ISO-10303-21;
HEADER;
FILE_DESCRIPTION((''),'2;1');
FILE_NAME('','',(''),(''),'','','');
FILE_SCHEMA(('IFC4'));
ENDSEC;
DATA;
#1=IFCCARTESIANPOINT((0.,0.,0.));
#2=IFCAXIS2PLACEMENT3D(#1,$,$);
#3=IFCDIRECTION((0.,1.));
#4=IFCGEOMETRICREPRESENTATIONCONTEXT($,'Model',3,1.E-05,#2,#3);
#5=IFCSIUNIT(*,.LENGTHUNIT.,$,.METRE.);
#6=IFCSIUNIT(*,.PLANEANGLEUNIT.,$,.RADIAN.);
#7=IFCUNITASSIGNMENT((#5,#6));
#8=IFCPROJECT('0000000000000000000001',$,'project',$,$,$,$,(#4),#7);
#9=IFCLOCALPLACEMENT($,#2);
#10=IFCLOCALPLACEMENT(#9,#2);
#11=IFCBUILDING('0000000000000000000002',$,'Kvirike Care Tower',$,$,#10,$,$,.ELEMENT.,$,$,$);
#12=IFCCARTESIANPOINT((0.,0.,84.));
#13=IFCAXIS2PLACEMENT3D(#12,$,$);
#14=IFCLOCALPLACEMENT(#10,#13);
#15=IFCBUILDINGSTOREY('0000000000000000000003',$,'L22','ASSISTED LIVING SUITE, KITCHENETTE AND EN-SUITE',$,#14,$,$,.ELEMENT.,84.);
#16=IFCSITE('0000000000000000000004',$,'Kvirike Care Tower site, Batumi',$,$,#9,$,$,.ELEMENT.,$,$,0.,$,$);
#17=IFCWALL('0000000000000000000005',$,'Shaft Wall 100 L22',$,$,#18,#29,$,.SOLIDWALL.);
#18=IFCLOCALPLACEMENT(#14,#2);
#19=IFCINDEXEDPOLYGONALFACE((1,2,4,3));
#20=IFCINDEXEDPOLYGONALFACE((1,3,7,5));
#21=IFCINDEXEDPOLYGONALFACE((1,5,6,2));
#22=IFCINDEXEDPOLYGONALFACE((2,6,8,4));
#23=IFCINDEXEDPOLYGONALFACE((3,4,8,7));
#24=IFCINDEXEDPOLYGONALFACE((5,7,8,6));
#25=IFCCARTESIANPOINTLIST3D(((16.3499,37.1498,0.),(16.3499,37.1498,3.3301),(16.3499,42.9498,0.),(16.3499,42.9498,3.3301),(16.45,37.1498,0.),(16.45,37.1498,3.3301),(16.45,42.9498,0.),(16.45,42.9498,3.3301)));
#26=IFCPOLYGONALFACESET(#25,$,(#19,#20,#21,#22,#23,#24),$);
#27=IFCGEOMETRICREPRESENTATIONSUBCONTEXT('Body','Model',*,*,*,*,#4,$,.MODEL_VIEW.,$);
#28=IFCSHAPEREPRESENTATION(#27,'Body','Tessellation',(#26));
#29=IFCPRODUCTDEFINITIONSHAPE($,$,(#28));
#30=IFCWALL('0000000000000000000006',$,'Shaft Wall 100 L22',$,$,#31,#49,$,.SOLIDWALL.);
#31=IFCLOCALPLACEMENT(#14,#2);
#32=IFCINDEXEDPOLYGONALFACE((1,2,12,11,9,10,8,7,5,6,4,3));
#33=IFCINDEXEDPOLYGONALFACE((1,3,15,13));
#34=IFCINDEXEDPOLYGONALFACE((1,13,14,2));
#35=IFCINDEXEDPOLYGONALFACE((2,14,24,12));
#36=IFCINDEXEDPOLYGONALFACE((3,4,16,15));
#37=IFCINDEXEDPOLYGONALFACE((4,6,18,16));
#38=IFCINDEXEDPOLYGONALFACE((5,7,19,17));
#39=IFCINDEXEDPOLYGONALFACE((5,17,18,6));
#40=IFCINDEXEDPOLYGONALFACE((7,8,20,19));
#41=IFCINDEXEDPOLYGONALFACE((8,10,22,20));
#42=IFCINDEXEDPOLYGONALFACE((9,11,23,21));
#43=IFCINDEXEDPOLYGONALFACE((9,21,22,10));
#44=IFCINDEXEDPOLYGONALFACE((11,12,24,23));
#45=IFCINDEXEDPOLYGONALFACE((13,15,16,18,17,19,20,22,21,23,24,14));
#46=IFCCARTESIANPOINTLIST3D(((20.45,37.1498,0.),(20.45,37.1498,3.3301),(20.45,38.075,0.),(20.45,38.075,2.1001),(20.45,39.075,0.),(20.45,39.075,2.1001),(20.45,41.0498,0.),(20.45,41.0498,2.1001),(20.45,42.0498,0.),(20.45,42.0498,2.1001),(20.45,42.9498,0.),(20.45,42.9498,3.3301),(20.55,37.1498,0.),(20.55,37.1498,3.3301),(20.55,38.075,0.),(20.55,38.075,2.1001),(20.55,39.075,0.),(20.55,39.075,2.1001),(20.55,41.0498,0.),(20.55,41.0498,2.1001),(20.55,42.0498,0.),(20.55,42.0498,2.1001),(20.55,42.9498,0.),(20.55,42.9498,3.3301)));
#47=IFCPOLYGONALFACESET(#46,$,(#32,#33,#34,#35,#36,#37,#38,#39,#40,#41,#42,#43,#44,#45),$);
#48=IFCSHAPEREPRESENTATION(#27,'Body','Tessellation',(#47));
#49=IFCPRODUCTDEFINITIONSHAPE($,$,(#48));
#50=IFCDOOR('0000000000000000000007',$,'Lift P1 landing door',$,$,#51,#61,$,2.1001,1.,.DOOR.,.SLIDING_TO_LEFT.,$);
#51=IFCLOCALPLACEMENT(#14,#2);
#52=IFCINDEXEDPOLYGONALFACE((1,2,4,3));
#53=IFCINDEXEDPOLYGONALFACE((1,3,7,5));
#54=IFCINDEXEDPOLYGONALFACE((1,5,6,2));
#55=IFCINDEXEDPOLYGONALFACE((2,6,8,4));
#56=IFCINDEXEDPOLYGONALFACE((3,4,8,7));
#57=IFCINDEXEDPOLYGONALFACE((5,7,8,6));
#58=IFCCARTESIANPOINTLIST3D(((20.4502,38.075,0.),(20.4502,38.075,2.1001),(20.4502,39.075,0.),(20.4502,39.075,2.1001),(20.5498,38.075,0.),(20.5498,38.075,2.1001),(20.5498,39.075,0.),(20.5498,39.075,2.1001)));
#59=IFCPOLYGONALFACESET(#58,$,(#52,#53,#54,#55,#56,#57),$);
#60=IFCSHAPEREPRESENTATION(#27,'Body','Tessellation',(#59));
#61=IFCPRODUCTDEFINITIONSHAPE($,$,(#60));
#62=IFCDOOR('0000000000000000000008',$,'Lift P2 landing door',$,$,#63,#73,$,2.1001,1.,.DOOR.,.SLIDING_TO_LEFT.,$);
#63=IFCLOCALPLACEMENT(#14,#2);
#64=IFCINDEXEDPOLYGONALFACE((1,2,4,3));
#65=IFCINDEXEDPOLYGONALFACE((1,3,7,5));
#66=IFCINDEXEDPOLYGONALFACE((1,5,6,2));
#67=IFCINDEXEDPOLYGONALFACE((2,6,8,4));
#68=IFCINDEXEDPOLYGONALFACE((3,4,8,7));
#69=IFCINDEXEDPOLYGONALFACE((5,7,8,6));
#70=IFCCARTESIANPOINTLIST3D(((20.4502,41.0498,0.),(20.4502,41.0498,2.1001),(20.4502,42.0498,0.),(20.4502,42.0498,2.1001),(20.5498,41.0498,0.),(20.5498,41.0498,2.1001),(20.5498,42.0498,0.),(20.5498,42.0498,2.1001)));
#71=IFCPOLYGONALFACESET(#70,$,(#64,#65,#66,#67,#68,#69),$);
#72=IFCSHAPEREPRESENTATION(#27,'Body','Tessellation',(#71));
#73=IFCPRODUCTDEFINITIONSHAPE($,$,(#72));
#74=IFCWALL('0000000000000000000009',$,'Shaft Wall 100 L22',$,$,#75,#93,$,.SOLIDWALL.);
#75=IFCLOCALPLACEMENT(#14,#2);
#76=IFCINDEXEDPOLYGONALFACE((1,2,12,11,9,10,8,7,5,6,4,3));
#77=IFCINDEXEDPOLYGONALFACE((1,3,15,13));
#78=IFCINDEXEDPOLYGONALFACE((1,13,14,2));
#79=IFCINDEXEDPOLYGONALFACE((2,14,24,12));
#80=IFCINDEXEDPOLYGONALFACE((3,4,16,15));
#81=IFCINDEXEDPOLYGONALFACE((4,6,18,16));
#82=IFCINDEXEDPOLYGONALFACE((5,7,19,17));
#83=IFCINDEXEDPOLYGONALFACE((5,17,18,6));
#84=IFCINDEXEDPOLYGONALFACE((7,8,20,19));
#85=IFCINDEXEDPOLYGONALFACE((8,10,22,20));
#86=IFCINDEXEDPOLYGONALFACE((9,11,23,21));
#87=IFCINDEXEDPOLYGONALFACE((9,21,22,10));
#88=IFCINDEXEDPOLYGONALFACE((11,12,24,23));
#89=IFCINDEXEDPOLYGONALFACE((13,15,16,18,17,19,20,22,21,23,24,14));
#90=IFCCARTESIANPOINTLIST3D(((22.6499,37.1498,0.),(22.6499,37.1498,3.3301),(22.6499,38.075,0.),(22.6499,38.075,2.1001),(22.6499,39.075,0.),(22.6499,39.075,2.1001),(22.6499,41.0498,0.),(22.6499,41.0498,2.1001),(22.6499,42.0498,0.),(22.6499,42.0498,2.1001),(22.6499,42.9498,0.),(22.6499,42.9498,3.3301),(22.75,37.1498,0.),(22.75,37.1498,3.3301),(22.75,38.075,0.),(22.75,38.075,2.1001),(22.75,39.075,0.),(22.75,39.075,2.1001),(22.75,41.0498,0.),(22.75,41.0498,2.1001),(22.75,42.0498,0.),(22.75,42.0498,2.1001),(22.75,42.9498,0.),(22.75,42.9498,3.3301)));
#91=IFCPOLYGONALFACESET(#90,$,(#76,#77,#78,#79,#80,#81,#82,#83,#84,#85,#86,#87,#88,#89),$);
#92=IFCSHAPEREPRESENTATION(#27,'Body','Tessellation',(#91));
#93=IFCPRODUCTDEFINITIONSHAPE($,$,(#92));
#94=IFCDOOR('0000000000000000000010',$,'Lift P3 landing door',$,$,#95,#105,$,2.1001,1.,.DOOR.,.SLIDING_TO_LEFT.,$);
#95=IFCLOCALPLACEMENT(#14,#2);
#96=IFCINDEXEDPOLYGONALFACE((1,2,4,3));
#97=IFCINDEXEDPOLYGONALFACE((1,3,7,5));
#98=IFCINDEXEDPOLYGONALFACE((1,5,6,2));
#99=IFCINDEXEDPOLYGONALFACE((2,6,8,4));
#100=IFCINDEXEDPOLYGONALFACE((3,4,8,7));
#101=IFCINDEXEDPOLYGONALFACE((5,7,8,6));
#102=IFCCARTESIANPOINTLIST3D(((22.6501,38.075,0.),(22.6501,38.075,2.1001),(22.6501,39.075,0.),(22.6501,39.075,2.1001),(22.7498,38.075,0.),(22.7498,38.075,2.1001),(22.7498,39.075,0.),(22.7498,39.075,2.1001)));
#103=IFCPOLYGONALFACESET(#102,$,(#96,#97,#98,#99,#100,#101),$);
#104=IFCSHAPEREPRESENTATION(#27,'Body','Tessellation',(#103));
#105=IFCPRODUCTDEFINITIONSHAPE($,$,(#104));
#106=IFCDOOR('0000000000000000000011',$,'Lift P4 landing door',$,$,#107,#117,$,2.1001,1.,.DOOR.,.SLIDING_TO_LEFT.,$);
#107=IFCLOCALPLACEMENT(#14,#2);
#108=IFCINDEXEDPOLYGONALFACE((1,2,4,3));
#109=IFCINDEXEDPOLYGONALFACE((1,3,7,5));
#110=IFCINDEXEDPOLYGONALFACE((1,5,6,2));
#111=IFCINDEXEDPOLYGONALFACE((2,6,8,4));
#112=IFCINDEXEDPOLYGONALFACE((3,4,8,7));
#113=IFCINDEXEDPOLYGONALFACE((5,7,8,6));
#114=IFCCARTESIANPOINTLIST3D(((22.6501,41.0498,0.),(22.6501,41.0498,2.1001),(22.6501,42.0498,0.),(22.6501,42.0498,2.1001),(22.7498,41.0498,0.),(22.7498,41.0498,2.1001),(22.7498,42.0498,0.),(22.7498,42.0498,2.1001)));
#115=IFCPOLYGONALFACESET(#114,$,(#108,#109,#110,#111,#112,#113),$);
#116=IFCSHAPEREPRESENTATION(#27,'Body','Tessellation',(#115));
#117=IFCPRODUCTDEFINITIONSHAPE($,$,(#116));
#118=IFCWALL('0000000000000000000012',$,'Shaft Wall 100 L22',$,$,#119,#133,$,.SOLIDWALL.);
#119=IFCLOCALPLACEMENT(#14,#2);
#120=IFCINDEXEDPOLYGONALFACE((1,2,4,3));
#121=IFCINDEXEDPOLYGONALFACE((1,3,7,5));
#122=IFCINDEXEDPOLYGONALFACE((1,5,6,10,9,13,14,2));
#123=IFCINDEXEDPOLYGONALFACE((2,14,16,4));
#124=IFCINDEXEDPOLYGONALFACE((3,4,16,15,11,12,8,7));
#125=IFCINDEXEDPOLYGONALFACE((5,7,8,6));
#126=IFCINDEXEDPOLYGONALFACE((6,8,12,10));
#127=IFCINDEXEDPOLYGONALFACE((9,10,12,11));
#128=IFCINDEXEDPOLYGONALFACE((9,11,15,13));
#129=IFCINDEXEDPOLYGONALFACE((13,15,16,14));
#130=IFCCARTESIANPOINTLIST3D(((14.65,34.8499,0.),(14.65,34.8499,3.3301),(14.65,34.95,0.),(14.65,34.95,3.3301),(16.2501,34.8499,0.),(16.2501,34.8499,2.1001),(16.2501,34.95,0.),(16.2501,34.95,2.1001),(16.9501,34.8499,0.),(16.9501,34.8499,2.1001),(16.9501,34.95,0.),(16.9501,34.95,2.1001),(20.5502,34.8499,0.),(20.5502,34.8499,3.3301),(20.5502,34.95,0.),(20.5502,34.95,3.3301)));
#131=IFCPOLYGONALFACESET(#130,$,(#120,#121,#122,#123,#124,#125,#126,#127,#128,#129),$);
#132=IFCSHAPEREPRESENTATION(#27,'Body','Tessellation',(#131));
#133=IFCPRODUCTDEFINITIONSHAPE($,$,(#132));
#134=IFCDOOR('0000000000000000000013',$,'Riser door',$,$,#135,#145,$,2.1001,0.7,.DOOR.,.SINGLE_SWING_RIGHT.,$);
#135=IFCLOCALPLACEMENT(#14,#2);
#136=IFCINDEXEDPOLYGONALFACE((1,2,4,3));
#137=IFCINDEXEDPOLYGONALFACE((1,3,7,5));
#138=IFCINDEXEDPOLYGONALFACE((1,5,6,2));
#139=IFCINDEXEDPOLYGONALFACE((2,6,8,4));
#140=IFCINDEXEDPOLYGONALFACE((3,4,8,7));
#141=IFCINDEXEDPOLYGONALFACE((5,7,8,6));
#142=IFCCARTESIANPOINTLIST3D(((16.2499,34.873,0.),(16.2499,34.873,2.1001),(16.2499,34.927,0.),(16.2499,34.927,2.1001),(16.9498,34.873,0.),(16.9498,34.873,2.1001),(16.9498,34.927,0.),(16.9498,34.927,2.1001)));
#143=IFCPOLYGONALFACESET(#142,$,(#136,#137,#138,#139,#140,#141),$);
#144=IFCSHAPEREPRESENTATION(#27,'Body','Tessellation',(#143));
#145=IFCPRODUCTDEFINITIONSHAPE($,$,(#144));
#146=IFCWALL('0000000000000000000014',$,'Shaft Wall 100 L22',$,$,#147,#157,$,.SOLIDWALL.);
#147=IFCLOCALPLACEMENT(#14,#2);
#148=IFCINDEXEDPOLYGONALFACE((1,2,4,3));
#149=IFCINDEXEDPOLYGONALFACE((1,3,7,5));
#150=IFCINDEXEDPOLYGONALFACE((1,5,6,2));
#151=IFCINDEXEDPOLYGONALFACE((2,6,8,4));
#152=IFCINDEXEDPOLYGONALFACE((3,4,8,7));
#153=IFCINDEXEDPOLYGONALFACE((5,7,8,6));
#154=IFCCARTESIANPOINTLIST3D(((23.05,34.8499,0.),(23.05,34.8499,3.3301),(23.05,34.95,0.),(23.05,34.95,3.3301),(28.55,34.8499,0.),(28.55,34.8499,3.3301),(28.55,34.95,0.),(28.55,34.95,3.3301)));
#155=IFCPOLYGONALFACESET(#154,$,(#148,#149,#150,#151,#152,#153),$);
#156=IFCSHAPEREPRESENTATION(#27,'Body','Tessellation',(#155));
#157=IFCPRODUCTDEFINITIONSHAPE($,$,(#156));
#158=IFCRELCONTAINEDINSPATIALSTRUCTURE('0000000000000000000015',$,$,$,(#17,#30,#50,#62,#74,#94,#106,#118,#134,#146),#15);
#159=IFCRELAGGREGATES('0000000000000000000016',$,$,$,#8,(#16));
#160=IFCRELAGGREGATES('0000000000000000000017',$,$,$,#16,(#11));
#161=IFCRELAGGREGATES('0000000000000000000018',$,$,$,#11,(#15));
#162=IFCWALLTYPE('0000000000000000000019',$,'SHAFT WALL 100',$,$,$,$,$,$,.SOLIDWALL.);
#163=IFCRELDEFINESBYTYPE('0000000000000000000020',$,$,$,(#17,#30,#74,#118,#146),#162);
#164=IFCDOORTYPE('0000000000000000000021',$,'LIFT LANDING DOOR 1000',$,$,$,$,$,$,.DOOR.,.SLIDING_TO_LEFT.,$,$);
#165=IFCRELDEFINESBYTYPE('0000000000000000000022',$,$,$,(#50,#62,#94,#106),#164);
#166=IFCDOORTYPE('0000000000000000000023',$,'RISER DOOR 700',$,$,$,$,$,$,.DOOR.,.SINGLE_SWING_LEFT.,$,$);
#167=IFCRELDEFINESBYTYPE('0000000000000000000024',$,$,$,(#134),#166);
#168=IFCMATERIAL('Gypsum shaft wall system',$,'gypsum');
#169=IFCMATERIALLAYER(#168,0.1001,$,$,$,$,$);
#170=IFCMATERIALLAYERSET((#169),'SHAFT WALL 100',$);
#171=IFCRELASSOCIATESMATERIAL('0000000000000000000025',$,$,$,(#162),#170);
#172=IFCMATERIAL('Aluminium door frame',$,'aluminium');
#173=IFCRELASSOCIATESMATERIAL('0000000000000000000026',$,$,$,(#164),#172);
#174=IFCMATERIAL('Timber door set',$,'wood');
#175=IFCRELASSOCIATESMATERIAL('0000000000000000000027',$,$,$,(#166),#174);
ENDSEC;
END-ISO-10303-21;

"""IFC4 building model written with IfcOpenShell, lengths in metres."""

from ifc_helpers import new_model, si_unit, direction, frame, frame_2d, origin, place, context, subcontext, project, spatial, rectangle, extrude, material, layer, layer_set, type_object, element, fill, save


model = new_model("IFC4")

# Units and contexts
model_context = context("Model", 3, precision=1e-05, world=origin(), true_north=direction((0.0, 1.0)))
body_context = subcontext(model_context, "Body", "Model", "MODEL_VIEW")
ifc_project = project(units=[si_unit("LENGTHUNIT", "METRE"), si_unit("PLANEANGLEUNIT", "RADIAN")], contexts=[model_context])

# Site, building, storey
site_placement = place(None, origin())
site = spatial("IfcSite", under=ifc_project, at=site_placement, Name="Kvirike Care Tower site, Batumi", CompositionType="ELEMENT", RefElevation=0.0)
building_placement = place(site_placement, origin())
building = spatial("IfcBuilding", under=site, at=building_placement, Name="Kvirike Care Tower", CompositionType="ELEMENT")
storey_placement = place(building_placement, frame((0.0, 0.0, 84.0)))
storey = spatial("IfcBuildingStorey", under=building, at=storey_placement, Name="L22", Description="ASSISTED LIVING SUITE, KITCHENETTE AND EN-SUITE", CompositionType="ELEMENT", Elevation=84.0)

# Wall
ifc_material_1 = material(Name="Gypsum shaft wall system", Category="gypsum")
ifc_layer = layer(ifc_material_1, 0.1001)
ifc_layer_set = layer_set([ifc_layer], Name="SHAFT WALL 100")
wall_type = type_object("IfcWallType", Name="SHAFT WALL 100", PredefinedType="SOLIDWALL", material=ifc_layer_set)
wall_1_placement = place(storey_placement, frame((16.3999, 37.1499, 0.0), z_axis=(0.0, 0.0, 1.0), x_axis=(0.0, 1.0, 0.0)))
element("IfcWall", 1, at=wall_1_placement, inside=storey, type_object=wall_type, Name="Shaft Wall 100 L22", PredefinedType="SOLIDWALL", context=body_context, shape_type="SweptSolid", body=[
    extrude(rectangle(XDim=5.8, YDim=0.1001, at=frame_2d((2.8999, 0.0))), origin(), (0.0, 0.0, 1.0), 3.3301),
])

# Walls, openings, doors
wall_2_placement = place(storey_placement, frame((20.5, 37.1499, 0.0), z_axis=(0.0, 0.0, 1.0), x_axis=(0.0, 1.0, 0.0)))
wall_2 = element("IfcWall", 2, at=wall_2_placement, inside=storey, type_object=wall_type, Name="Shaft Wall 100 L22", PredefinedType="SOLIDWALL", context=body_context, shape_type="SweptSolid", body=[
    extrude(rectangle(XDim=5.8, YDim=0.1001, at=frame_2d((2.8999, 0.0))), origin(), (0.0, 0.0, 1.0), 3.3301),
])
opening_1_placement = place(wall_2_placement, frame((0.925, 0.0, 0.0)))
opening_1 = element("IfcOpeningElement", 3, at=opening_1_placement, cuts=wall_2, PredefinedType="OPENING", context=body_context, shape_type="SweptSolid", body=[
    extrude(rectangle(XDim=1.0, YDim=2.1001, at=frame_2d((0.5, 1.05))), frame((0.0, 0.0605, 0.0), z_axis=(0.0, -1.0, 0.0), x_axis=(1.0, 0.0, 0.0)), (0.0, 0.0, 1.0), 0.1211),
])
opening_2_placement = place(wall_2_placement, frame((3.8999, 0.0, 0.0)))
opening_2 = element("IfcOpeningElement", 4, at=opening_2_placement, cuts=wall_2, PredefinedType="OPENING", context=body_context, shape_type="SweptSolid", body=[
    extrude(rectangle(XDim=1.0, YDim=2.1001, at=frame_2d((0.5, 1.05))), frame((0.0, 0.0605, 0.0), z_axis=(0.0, -1.0, 0.0), x_axis=(1.0, 0.0, 0.0)), (0.0, 0.0, 1.0), 0.1211),
])
ifc_material_2 = material(Name="Aluminium door frame", Category="aluminium")
door_type_1 = type_object("IfcDoorType", Name="LIFT LANDING DOOR 1000", OperationType="SLIDING_TO_LEFT", PredefinedType="DOOR", material=ifc_material_2)
door_1_placement = place(opening_1_placement, origin())
door_1 = element("IfcDoor", 5, at=door_1_placement, inside=storey, type_object=door_type_1, Name="Lift P1 landing door", OperationType="SLIDING_TO_LEFT", OverallHeight=2.1001, OverallWidth=1.0, PredefinedType="DOOR", context=body_context, shape_type="SweptSolid", body=[
    extrude(rectangle(XDim=1.0, YDim=2.1001, at=frame_2d((0.5, 1.05))), frame((0.0, 0.0498, 0.0), z_axis=(0.0, -1.0, 0.0), x_axis=(1.0, 0.0, 0.0)), (0.0, 0.0, 1.0), 0.0996),
])
fill(opening_1, door_1)
door_2_placement = place(opening_2_placement, origin())
door_2 = element("IfcDoor", 6, at=door_2_placement, inside=storey, type_object=door_type_1, Name="Lift P2 landing door", OperationType="SLIDING_TO_LEFT", OverallHeight=2.1001, OverallWidth=1.0, PredefinedType="DOOR", context=body_context, shape_type="SweptSolid", body=[
    extrude(rectangle(XDim=1.0, YDim=2.1001, at=frame_2d((0.5, 1.05))), frame((0.0, 0.0498, 0.0), z_axis=(0.0, -1.0, 0.0), x_axis=(1.0, 0.0, 0.0)), (0.0, 0.0, 1.0), 0.0996),
])
fill(opening_2, door_2)
wall_3_placement = place(storey_placement, frame((22.7, 37.1499, 0.0), z_axis=(0.0, 0.0, 1.0), x_axis=(0.0, 1.0, 0.0)))
wall_3 = element("IfcWall", 7, at=wall_3_placement, inside=storey, type_object=wall_type, Name="Shaft Wall 100 L22", PredefinedType="SOLIDWALL", context=body_context, shape_type="SweptSolid", body=[
    extrude(rectangle(XDim=5.8, YDim=0.1001, at=frame_2d((2.8999, 0.0))), origin(), (0.0, 0.0, 1.0), 3.3301),
])
opening_3_placement = place(wall_3_placement, frame((0.925, 0.0, 0.0)))
opening_3 = element("IfcOpeningElement", 8, at=opening_3_placement, cuts=wall_3, PredefinedType="OPENING", context=body_context, shape_type="SweptSolid", body=[
    extrude(rectangle(XDim=1.0, YDim=2.1001, at=frame_2d((0.5, 1.05))), frame((0.0, 0.0605, 0.0), z_axis=(0.0, -1.0, 0.0), x_axis=(1.0, 0.0, 0.0)), (0.0, 0.0, 1.0), 0.1211),
])
opening_4_placement = place(wall_3_placement, frame((3.8999, 0.0, 0.0)))
opening_4 = element("IfcOpeningElement", 9, at=opening_4_placement, cuts=wall_3, PredefinedType="OPENING", context=body_context, shape_type="SweptSolid", body=[
    extrude(rectangle(XDim=1.0, YDim=2.1001, at=frame_2d((0.5, 1.05))), frame((0.0, 0.0605, 0.0), z_axis=(0.0, -1.0, 0.0), x_axis=(1.0, 0.0, 0.0)), (0.0, 0.0, 1.0), 0.1211),
])
door_3_placement = place(opening_3_placement, origin())
door_3 = element("IfcDoor", 10, at=door_3_placement, inside=storey, type_object=door_type_1, Name="Lift P3 landing door", OperationType="SLIDING_TO_LEFT", OverallHeight=2.1001, OverallWidth=1.0, PredefinedType="DOOR", context=body_context, shape_type="SweptSolid", body=[
    extrude(rectangle(XDim=1.0, YDim=2.1001, at=frame_2d((0.5, 1.05))), frame((0.0, 0.0498, 0.0), z_axis=(0.0, -1.0, 0.0), x_axis=(1.0, 0.0, 0.0)), (0.0, 0.0, 1.0), 0.0996),
])
fill(opening_3, door_3)
door_4_placement = place(opening_4_placement, origin())
door_4 = element("IfcDoor", 11, at=door_4_placement, inside=storey, type_object=door_type_1, Name="Lift P4 landing door", OperationType="SLIDING_TO_LEFT", OverallHeight=2.1001, OverallWidth=1.0, PredefinedType="DOOR", context=body_context, shape_type="SweptSolid", body=[
    extrude(rectangle(XDim=1.0, YDim=2.1001, at=frame_2d((0.5, 1.05))), frame((0.0, 0.0498, 0.0), z_axis=(0.0, -1.0, 0.0), x_axis=(1.0, 0.0, 0.0)), (0.0, 0.0, 1.0), 0.0996),
])
fill(opening_4, door_4)

# Wall, opening, door
wall_4_placement = place(storey_placement, frame((14.6499, 34.8999, 0.0), z_axis=(0.0, 0.0, 1.0), x_axis=(1.0, 0.0, 0.0)))
wall_4 = element("IfcWall", 12, at=wall_4_placement, inside=storey, type_object=wall_type, Name="Shaft Wall 100 L22", PredefinedType="SOLIDWALL", context=body_context, shape_type="SweptSolid", body=[
    extrude(rectangle(XDim=5.9001, YDim=0.1001, at=frame_2d((2.9502, 0.0))), origin(), (0.0, 0.0, 1.0), 3.3301),
])
opening_5_placement = place(wall_4_placement, frame((1.6001, 0.0, 0.0)))
opening_5 = element("IfcOpeningElement", 13, at=opening_5_placement, cuts=wall_4, PredefinedType="OPENING", context=body_context, shape_type="SweptSolid", body=[
    extrude(rectangle(XDim=0.7, YDim=2.1001, at=frame_2d((0.3501, 1.05))), frame((0.0, 0.0605, 0.0), z_axis=(0.0, -1.0, 0.0), x_axis=(1.0, 0.0, 0.0)), (0.0, 0.0, 1.0), 0.1211),
])
ifc_material_3 = material(Name="Timber door set", Category="wood")
door_type_2 = type_object("IfcDoorType", Name="RISER DOOR 700", OperationType="SINGLE_SWING_LEFT", PredefinedType="DOOR", material=ifc_material_3)
door_5_placement = place(opening_5_placement, frame((0.7, 0.0, 0.0), z_axis=(0.0, 0.0, 1.0), x_axis=(-1.0, 0.0, 0.0)))
door_5 = element("IfcDoor", 14, at=door_5_placement, inside=storey, type_object=door_type_2, Name="Riser door", OperationType="SINGLE_SWING_RIGHT", OverallHeight=2.1001, OverallWidth=0.7, PredefinedType="DOOR", context=body_context, shape_type="SweptSolid", body=[
    extrude(rectangle(XDim=0.7, YDim=2.1001, at=frame_2d((0.3501, 1.05))), frame((0.0, 0.0269, 0.0), z_axis=(0.0, -1.0, 0.0), x_axis=(1.0, 0.0, 0.0)), (0.0, 0.0, 1.0), 0.054),
])
fill(opening_5, door_5)

# Wall
wall_5_placement = place(storey_placement, frame((23.05, 34.8999, 0.0), z_axis=(0.0, 0.0, 1.0), x_axis=(1.0, 0.0, 0.0)))
element("IfcWall", 15, at=wall_5_placement, inside=storey, type_object=wall_type, Name="Shaft Wall 100 L22", PredefinedType="SOLIDWALL", context=body_context, shape_type="SweptSolid", body=[
    extrude(rectangle(XDim=5.5, YDim=0.1001, at=frame_2d((2.75, 0.0))), origin(), (0.0, 0.0, 1.0), 3.3301),
])

save(model, "model.ifc")
